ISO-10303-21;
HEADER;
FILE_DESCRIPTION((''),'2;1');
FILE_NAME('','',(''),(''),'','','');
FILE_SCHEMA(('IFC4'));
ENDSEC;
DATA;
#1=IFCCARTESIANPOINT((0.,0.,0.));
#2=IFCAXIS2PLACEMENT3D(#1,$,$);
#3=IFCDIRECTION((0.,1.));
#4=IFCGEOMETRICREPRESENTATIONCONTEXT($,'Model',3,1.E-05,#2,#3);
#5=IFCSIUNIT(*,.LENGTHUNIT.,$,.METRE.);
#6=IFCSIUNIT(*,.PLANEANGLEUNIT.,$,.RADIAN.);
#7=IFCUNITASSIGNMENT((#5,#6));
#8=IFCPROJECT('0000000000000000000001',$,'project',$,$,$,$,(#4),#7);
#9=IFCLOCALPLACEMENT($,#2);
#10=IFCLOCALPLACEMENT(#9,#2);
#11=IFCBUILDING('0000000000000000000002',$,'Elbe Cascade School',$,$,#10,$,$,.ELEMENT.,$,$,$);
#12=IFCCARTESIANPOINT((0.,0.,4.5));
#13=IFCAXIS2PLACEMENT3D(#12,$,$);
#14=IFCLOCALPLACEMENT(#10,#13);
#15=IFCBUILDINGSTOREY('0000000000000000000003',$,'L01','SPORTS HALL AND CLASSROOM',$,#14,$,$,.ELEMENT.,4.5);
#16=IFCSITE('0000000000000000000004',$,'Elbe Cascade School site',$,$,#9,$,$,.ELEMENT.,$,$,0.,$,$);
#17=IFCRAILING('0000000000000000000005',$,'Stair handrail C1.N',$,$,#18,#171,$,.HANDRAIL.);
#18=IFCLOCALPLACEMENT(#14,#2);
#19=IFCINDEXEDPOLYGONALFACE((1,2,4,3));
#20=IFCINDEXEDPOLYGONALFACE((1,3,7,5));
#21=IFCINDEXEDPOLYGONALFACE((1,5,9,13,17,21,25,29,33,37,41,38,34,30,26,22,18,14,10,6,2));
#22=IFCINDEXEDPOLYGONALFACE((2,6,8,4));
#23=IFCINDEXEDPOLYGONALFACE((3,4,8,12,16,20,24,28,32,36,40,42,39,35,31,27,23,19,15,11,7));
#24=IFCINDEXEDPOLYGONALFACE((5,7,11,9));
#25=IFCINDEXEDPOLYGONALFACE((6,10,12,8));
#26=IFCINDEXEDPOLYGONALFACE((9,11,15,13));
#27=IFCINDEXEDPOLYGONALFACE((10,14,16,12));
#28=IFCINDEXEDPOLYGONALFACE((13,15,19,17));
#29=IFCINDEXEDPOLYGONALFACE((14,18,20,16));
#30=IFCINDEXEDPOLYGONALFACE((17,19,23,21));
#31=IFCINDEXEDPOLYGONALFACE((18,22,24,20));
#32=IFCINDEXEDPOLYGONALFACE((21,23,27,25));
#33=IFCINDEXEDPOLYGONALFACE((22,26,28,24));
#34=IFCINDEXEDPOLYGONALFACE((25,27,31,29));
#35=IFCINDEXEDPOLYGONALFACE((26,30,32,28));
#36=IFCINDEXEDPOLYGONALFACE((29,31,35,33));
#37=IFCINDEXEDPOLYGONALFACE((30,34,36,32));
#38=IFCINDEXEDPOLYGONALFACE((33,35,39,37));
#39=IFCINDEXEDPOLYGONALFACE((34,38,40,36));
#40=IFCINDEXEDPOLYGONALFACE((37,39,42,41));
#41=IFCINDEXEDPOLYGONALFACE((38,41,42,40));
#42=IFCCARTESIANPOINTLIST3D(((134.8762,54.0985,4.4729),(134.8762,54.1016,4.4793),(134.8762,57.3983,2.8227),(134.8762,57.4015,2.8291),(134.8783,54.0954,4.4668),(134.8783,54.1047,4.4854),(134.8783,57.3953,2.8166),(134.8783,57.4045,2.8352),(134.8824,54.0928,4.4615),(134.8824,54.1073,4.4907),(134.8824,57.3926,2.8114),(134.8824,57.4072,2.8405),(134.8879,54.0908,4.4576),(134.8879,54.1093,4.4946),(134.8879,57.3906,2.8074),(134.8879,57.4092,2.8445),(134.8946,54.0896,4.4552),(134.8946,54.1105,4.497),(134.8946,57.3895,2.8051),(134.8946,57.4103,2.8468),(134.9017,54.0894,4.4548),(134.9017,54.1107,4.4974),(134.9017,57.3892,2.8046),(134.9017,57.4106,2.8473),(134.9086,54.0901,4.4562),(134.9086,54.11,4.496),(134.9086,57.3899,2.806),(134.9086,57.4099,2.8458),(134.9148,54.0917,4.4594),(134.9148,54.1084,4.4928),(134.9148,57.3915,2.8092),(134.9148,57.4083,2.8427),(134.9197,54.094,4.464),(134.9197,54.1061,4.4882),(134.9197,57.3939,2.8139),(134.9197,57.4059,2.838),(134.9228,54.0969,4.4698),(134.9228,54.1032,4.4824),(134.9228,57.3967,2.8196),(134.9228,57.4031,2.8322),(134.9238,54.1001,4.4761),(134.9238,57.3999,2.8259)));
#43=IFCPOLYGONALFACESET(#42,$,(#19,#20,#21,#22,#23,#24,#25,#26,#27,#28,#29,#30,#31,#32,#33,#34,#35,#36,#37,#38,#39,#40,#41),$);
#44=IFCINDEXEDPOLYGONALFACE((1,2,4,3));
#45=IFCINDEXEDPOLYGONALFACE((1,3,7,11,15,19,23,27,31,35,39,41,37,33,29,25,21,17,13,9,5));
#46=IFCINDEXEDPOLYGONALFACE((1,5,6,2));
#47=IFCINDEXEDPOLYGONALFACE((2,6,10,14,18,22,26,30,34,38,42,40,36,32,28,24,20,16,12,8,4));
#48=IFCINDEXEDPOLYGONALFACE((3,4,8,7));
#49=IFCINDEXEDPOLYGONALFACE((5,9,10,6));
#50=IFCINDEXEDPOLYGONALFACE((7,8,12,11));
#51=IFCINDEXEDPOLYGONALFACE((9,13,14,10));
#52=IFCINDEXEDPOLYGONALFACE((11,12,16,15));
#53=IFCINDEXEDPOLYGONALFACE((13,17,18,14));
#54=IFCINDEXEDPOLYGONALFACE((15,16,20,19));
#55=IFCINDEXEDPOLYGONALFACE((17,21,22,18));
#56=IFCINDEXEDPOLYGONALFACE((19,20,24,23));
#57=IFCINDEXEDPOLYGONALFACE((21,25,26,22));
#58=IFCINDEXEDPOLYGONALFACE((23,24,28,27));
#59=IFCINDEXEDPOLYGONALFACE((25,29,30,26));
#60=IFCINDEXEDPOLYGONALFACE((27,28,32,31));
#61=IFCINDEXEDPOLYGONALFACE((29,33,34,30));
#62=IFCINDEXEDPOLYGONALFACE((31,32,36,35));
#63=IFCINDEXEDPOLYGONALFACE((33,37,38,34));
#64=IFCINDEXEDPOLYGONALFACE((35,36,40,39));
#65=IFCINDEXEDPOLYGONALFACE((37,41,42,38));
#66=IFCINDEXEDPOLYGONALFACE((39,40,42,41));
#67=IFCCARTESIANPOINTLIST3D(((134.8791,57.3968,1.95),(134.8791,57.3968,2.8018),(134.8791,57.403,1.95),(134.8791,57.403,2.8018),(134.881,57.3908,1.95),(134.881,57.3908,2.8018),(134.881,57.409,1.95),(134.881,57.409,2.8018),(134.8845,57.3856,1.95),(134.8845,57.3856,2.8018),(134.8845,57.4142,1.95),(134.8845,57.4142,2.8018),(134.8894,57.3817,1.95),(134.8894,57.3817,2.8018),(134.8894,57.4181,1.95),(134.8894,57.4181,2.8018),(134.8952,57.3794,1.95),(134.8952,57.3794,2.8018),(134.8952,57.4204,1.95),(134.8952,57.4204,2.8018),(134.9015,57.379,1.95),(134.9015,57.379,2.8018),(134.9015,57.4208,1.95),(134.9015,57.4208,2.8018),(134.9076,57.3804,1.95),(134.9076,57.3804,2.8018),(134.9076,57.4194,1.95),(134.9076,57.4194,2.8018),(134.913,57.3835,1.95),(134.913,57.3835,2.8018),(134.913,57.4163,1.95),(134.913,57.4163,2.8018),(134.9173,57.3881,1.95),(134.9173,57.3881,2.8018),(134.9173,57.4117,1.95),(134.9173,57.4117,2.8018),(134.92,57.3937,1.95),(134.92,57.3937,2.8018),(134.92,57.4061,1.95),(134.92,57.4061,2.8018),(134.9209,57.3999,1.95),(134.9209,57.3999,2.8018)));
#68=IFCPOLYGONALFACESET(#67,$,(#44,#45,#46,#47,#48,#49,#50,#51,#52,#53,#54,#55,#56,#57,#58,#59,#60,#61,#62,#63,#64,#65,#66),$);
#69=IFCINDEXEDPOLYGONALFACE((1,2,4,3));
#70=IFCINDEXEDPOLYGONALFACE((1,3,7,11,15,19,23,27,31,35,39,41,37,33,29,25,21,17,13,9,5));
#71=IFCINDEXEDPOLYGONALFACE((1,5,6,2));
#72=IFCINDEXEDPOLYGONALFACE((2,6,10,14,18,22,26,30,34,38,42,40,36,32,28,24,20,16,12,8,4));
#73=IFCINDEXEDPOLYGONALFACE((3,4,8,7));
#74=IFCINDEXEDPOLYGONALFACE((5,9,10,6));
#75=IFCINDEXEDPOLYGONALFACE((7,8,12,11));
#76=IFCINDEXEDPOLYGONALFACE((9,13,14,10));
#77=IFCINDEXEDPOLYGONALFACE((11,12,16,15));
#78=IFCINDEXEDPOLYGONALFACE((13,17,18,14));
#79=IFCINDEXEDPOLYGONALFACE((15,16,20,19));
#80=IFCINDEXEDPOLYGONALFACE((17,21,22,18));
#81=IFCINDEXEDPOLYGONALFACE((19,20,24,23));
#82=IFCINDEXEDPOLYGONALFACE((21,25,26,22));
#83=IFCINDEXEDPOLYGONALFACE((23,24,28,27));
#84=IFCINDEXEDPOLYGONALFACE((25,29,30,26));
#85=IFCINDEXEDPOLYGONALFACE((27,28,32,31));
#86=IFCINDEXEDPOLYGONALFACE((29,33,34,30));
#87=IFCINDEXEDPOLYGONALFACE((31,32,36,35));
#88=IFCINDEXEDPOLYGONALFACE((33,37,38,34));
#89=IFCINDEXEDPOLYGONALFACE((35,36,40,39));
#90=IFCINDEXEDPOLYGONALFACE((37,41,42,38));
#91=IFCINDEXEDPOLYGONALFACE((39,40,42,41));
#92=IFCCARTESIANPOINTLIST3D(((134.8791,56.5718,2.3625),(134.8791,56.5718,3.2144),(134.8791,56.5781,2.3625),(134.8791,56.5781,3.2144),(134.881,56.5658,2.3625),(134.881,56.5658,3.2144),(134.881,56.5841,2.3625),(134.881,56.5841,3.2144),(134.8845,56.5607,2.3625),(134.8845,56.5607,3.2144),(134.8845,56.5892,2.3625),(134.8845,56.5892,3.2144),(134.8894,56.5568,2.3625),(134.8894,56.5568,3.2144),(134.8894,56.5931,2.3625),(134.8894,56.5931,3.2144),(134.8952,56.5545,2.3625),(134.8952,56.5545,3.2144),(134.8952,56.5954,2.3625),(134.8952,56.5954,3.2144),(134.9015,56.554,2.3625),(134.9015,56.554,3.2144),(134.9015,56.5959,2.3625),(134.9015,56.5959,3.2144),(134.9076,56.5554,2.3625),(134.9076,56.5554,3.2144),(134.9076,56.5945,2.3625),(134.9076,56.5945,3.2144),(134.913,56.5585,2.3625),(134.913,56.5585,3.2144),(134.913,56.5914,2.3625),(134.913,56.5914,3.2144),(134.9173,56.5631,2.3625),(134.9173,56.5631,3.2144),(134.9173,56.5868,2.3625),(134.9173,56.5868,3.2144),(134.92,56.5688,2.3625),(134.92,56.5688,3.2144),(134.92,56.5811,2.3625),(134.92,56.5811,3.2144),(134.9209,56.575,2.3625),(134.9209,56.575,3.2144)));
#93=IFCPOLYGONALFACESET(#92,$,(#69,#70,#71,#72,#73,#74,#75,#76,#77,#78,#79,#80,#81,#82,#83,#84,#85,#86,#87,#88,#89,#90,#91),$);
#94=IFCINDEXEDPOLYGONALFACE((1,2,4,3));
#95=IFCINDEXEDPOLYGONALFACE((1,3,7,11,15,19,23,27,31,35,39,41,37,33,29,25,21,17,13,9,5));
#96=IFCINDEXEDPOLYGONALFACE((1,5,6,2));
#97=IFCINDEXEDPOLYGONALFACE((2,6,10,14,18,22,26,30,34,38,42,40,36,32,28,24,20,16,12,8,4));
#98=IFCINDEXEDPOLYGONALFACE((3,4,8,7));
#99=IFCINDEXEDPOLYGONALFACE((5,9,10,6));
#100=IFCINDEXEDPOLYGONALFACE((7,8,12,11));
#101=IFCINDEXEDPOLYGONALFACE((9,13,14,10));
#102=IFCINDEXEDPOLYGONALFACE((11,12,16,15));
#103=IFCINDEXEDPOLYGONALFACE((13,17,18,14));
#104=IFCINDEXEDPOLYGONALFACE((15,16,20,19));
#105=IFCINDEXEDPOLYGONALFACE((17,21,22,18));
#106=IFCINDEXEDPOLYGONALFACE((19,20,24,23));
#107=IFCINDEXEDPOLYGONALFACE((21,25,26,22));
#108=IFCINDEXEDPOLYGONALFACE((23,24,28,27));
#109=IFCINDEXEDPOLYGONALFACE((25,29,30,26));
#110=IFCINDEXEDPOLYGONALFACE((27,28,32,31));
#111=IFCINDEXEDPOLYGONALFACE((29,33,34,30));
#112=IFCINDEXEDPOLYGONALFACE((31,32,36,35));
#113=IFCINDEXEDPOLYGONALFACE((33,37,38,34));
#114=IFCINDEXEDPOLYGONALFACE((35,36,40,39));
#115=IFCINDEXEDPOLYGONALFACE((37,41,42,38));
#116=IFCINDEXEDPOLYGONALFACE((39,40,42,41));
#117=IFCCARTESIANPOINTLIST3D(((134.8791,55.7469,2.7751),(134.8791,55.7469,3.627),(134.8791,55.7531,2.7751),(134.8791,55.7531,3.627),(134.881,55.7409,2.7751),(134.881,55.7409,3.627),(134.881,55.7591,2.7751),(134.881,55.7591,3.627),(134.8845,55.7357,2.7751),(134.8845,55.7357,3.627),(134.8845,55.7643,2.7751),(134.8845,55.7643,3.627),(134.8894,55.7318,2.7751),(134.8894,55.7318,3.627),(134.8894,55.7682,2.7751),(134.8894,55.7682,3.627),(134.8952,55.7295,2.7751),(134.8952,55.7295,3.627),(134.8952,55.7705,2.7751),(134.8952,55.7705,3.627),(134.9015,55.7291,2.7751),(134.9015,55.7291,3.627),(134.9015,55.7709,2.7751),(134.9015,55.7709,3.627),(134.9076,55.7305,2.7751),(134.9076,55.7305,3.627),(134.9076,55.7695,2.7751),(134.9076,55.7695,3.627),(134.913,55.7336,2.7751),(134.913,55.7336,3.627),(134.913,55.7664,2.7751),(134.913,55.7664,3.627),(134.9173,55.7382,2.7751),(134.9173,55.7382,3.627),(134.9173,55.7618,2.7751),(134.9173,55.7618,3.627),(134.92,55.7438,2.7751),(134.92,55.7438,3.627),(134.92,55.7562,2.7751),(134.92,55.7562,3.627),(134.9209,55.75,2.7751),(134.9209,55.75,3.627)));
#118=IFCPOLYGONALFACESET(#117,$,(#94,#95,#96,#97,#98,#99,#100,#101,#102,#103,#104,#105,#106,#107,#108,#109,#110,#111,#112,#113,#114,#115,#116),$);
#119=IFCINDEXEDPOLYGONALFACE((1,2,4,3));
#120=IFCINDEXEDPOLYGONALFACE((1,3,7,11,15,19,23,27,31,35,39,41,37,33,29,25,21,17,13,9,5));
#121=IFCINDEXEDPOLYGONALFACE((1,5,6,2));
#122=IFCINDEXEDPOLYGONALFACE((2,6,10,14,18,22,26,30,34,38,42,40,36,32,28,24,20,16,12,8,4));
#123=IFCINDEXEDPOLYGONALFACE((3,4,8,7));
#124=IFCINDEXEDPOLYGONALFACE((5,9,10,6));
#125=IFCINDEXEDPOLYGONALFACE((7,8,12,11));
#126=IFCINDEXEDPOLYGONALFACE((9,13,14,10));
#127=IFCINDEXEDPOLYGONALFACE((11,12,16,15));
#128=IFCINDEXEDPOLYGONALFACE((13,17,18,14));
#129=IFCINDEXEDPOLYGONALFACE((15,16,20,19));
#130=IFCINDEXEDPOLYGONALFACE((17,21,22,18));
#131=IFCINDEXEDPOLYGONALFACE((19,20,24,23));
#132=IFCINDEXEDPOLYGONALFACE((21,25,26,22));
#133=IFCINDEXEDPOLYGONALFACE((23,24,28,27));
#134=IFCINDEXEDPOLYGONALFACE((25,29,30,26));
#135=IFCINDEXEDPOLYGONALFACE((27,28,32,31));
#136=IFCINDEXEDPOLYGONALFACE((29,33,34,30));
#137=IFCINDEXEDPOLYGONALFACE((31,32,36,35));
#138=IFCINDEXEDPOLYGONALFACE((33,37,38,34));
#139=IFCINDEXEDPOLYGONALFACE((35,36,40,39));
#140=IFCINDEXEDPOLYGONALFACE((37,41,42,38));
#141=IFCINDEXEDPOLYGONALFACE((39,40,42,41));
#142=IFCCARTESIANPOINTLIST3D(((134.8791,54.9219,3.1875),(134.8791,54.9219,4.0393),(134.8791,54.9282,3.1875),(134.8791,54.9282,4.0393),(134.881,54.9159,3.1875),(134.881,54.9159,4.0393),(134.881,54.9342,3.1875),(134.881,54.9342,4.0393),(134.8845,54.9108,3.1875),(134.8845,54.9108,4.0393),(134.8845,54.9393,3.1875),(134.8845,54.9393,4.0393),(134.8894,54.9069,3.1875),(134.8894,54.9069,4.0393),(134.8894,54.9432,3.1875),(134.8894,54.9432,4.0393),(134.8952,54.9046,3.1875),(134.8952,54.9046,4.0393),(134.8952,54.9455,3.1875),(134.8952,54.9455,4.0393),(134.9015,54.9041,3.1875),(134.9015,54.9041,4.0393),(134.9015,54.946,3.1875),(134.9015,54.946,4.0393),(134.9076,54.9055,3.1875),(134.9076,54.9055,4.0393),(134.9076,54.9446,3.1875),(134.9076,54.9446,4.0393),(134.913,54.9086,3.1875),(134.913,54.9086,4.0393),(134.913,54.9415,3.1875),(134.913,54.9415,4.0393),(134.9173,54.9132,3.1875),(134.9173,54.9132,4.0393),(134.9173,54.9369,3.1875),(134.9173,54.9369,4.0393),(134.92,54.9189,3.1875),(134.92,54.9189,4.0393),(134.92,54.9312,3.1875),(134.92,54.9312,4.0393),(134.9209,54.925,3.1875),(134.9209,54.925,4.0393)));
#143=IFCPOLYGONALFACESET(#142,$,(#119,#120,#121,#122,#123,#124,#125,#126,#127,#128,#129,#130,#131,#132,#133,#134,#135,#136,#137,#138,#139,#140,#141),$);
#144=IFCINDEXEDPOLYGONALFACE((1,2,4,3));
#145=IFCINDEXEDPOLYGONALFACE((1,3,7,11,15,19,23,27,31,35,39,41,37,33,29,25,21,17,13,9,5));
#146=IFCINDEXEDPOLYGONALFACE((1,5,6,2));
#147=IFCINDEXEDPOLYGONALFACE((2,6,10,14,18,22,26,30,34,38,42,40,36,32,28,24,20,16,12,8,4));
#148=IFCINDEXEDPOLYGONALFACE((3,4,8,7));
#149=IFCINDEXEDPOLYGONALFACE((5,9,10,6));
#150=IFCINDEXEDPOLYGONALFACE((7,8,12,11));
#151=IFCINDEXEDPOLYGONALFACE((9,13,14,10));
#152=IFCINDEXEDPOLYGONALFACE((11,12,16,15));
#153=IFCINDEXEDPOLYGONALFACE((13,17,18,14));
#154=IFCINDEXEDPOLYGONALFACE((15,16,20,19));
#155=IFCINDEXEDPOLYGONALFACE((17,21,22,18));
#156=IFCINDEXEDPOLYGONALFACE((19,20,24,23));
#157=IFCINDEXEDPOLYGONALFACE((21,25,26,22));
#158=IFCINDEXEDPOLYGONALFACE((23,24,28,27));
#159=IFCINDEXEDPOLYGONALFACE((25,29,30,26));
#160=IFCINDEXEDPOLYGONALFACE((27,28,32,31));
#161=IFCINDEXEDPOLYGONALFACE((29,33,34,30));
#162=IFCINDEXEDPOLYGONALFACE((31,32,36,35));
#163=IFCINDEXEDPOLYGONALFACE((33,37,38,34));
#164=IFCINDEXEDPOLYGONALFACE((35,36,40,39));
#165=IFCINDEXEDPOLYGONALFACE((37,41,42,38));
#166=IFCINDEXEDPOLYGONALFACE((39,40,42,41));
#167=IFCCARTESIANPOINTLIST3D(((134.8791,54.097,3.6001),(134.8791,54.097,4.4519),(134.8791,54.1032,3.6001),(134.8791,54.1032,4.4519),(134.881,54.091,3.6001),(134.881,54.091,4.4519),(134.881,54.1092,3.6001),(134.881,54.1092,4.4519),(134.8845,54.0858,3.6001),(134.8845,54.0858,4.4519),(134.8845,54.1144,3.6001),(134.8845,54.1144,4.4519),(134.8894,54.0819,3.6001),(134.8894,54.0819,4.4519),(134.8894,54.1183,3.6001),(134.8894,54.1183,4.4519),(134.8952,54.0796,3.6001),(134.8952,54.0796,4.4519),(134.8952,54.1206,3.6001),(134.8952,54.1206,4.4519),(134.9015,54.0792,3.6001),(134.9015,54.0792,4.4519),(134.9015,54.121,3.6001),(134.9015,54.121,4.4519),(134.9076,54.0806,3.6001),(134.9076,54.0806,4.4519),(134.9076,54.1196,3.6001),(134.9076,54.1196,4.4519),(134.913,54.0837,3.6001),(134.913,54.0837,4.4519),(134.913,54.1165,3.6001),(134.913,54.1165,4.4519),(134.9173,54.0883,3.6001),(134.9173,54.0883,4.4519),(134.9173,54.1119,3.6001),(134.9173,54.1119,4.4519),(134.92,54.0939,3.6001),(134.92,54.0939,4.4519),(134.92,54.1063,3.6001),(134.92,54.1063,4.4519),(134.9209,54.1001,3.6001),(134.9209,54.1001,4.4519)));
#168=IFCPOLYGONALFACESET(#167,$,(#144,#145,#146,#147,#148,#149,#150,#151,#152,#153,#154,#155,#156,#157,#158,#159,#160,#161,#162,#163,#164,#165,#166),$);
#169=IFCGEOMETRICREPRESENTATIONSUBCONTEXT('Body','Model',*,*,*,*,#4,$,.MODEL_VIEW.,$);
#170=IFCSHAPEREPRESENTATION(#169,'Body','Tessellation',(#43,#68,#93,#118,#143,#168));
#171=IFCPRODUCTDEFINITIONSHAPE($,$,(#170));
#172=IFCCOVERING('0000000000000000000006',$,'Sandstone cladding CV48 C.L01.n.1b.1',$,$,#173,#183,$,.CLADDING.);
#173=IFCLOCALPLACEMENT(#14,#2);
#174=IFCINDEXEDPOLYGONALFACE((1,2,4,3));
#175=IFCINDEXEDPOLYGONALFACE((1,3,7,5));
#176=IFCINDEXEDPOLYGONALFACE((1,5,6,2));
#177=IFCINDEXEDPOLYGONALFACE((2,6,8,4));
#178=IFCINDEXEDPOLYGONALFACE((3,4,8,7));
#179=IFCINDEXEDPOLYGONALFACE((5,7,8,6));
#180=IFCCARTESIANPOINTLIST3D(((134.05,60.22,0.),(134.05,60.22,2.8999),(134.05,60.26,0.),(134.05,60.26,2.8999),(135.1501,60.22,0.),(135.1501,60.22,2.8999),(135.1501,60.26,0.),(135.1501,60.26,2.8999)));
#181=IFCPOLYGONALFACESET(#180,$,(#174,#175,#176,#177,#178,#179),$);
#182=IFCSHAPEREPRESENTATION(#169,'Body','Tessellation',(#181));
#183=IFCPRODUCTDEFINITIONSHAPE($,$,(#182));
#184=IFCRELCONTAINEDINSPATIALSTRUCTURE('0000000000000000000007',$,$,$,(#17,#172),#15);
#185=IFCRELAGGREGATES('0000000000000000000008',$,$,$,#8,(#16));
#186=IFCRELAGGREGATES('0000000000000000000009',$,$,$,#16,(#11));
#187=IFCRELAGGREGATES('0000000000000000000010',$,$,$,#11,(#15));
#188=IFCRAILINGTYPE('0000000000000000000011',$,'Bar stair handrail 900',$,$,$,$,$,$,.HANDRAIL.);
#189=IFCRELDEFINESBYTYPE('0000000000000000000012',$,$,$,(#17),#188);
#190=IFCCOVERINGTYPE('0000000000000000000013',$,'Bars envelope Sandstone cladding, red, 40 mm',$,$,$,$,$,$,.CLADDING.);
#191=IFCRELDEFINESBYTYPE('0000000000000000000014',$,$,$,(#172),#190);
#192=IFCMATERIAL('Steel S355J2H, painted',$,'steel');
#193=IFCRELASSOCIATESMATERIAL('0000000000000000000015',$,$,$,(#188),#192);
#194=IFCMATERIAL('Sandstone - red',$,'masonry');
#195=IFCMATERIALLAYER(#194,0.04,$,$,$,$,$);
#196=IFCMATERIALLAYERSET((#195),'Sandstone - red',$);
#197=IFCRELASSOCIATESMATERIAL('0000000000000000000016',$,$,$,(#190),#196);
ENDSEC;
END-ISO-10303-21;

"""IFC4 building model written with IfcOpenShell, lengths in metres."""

from ifc_helpers import new_model, si_unit, direction, frame, origin, origin_2d, place, context, subcontext, project, spatial, rectangle, circle, extrude, material, layer, layer_set, type_object, element, save


model = new_model("IFC4")

# Units and contexts
model_context = context("Model", 3, precision=1e-05, world=origin(), true_north=direction((0.0, 1.0)))
body_context = subcontext(model_context, "Body", "Model", "MODEL_VIEW")
ifc_project = project(units=[si_unit("LENGTHUNIT", "METRE"), si_unit("PLANEANGLEUNIT", "RADIAN")], contexts=[model_context])

# Site, building, storey
site_placement = place(None, origin())
site = spatial("IfcSite", under=ifc_project, at=site_placement, Name="Elbe Cascade School site", CompositionType="ELEMENT", RefElevation=0.0)
building_placement = place(site_placement, origin())
building = spatial("IfcBuilding", under=site, at=building_placement, Name="Elbe Cascade School", CompositionType="ELEMENT")
storey_placement = place(building_placement, frame((0.0, 0.0, 4.5)))
storey = spatial("IfcBuildingStorey", under=building, at=storey_placement, Name="L01", Description="SPORTS HALL AND CLASSROOM", CompositionType="ELEMENT", Elevation=4.5)

# Railing
ifc_material_1 = material(Name="Steel S355J2H, painted", Category="steel")
railing_type = type_object("IfcRailingType", Name="Bar stair handrail 900", PredefinedType="HANDRAIL", material=ifc_material_1)
railing_placement = place(storey_placement, frame((134.8999, 57.3999, 1.95)))
element("IfcRailing", 1, at=railing_placement, inside=storey, type_object=railing_type, Name="Stair handrail C1.N", PredefinedType="HANDRAIL", context=body_context, shape_type="SweptSolid", body=[
    extrude(circle(Radius=0.0239, at=origin_2d()), frame((0.0, 0.0, 0.876), z_axis=(0.0, -0.894401, 0.447267), x_axis=(1.0, 0.0, 0.0)), (0.0, 0.0, 1.0), 3.6895),
    extrude(circle(Radius=0.021, at=origin_2d()), origin(), (0.0, 0.0, 1.0), 0.8518),
    extrude(circle(Radius=0.021, at=origin_2d()), frame((0.0, -0.825, 0.4126)), (0.0, 0.0, 1.0), 0.8518),
    extrude(circle(Radius=0.021, at=origin_2d()), frame((0.0, -1.6499, 0.8252)), (0.0, 0.0, 1.0), 0.8518),
    extrude(circle(Radius=0.021, at=origin_2d()), frame((0.0, -2.4749, 1.2375)), (0.0, 0.0, 1.0), 0.8518),
    extrude(circle(Radius=0.021, at=origin_2d()), frame((0.0, -3.2998, 1.6501)), (0.0, 0.0, 1.0), 0.8518),
])

# Covering
ifc_material_2 = material(Name="Sandstone - red", Category="masonry")
ifc_layer_1 = layer(ifc_material_2, 0.04)
ifc_layer_set_1 = layer_set([ifc_layer_1], Name="Sandstone - red")
covering_type = type_object("IfcCoveringType", Name="Bars envelope Sandstone cladding, red, 40 mm", PredefinedType="CLADDING", material=ifc_layer_set_1)
covering_placement = place(storey_placement, frame((134.6001, 60.24, 0.0), z_axis=(0.0, 0.0, 1.0), x_axis=(1.0, 0.0, 0.0)))
element("IfcCovering", 2, at=covering_placement, inside=storey, type_object=covering_type, Name="Sandstone cladding CV48 C.L01.n.1b.1", PredefinedType="CLADDING", context=body_context, shape_type="SweptSolid", body=[
    extrude(rectangle(XDim=1.1001, YDim=0.04, at=origin_2d()), origin(), (0.0, 0.0, 1.0), 2.8999),
])

save(model, "model.ifc")
